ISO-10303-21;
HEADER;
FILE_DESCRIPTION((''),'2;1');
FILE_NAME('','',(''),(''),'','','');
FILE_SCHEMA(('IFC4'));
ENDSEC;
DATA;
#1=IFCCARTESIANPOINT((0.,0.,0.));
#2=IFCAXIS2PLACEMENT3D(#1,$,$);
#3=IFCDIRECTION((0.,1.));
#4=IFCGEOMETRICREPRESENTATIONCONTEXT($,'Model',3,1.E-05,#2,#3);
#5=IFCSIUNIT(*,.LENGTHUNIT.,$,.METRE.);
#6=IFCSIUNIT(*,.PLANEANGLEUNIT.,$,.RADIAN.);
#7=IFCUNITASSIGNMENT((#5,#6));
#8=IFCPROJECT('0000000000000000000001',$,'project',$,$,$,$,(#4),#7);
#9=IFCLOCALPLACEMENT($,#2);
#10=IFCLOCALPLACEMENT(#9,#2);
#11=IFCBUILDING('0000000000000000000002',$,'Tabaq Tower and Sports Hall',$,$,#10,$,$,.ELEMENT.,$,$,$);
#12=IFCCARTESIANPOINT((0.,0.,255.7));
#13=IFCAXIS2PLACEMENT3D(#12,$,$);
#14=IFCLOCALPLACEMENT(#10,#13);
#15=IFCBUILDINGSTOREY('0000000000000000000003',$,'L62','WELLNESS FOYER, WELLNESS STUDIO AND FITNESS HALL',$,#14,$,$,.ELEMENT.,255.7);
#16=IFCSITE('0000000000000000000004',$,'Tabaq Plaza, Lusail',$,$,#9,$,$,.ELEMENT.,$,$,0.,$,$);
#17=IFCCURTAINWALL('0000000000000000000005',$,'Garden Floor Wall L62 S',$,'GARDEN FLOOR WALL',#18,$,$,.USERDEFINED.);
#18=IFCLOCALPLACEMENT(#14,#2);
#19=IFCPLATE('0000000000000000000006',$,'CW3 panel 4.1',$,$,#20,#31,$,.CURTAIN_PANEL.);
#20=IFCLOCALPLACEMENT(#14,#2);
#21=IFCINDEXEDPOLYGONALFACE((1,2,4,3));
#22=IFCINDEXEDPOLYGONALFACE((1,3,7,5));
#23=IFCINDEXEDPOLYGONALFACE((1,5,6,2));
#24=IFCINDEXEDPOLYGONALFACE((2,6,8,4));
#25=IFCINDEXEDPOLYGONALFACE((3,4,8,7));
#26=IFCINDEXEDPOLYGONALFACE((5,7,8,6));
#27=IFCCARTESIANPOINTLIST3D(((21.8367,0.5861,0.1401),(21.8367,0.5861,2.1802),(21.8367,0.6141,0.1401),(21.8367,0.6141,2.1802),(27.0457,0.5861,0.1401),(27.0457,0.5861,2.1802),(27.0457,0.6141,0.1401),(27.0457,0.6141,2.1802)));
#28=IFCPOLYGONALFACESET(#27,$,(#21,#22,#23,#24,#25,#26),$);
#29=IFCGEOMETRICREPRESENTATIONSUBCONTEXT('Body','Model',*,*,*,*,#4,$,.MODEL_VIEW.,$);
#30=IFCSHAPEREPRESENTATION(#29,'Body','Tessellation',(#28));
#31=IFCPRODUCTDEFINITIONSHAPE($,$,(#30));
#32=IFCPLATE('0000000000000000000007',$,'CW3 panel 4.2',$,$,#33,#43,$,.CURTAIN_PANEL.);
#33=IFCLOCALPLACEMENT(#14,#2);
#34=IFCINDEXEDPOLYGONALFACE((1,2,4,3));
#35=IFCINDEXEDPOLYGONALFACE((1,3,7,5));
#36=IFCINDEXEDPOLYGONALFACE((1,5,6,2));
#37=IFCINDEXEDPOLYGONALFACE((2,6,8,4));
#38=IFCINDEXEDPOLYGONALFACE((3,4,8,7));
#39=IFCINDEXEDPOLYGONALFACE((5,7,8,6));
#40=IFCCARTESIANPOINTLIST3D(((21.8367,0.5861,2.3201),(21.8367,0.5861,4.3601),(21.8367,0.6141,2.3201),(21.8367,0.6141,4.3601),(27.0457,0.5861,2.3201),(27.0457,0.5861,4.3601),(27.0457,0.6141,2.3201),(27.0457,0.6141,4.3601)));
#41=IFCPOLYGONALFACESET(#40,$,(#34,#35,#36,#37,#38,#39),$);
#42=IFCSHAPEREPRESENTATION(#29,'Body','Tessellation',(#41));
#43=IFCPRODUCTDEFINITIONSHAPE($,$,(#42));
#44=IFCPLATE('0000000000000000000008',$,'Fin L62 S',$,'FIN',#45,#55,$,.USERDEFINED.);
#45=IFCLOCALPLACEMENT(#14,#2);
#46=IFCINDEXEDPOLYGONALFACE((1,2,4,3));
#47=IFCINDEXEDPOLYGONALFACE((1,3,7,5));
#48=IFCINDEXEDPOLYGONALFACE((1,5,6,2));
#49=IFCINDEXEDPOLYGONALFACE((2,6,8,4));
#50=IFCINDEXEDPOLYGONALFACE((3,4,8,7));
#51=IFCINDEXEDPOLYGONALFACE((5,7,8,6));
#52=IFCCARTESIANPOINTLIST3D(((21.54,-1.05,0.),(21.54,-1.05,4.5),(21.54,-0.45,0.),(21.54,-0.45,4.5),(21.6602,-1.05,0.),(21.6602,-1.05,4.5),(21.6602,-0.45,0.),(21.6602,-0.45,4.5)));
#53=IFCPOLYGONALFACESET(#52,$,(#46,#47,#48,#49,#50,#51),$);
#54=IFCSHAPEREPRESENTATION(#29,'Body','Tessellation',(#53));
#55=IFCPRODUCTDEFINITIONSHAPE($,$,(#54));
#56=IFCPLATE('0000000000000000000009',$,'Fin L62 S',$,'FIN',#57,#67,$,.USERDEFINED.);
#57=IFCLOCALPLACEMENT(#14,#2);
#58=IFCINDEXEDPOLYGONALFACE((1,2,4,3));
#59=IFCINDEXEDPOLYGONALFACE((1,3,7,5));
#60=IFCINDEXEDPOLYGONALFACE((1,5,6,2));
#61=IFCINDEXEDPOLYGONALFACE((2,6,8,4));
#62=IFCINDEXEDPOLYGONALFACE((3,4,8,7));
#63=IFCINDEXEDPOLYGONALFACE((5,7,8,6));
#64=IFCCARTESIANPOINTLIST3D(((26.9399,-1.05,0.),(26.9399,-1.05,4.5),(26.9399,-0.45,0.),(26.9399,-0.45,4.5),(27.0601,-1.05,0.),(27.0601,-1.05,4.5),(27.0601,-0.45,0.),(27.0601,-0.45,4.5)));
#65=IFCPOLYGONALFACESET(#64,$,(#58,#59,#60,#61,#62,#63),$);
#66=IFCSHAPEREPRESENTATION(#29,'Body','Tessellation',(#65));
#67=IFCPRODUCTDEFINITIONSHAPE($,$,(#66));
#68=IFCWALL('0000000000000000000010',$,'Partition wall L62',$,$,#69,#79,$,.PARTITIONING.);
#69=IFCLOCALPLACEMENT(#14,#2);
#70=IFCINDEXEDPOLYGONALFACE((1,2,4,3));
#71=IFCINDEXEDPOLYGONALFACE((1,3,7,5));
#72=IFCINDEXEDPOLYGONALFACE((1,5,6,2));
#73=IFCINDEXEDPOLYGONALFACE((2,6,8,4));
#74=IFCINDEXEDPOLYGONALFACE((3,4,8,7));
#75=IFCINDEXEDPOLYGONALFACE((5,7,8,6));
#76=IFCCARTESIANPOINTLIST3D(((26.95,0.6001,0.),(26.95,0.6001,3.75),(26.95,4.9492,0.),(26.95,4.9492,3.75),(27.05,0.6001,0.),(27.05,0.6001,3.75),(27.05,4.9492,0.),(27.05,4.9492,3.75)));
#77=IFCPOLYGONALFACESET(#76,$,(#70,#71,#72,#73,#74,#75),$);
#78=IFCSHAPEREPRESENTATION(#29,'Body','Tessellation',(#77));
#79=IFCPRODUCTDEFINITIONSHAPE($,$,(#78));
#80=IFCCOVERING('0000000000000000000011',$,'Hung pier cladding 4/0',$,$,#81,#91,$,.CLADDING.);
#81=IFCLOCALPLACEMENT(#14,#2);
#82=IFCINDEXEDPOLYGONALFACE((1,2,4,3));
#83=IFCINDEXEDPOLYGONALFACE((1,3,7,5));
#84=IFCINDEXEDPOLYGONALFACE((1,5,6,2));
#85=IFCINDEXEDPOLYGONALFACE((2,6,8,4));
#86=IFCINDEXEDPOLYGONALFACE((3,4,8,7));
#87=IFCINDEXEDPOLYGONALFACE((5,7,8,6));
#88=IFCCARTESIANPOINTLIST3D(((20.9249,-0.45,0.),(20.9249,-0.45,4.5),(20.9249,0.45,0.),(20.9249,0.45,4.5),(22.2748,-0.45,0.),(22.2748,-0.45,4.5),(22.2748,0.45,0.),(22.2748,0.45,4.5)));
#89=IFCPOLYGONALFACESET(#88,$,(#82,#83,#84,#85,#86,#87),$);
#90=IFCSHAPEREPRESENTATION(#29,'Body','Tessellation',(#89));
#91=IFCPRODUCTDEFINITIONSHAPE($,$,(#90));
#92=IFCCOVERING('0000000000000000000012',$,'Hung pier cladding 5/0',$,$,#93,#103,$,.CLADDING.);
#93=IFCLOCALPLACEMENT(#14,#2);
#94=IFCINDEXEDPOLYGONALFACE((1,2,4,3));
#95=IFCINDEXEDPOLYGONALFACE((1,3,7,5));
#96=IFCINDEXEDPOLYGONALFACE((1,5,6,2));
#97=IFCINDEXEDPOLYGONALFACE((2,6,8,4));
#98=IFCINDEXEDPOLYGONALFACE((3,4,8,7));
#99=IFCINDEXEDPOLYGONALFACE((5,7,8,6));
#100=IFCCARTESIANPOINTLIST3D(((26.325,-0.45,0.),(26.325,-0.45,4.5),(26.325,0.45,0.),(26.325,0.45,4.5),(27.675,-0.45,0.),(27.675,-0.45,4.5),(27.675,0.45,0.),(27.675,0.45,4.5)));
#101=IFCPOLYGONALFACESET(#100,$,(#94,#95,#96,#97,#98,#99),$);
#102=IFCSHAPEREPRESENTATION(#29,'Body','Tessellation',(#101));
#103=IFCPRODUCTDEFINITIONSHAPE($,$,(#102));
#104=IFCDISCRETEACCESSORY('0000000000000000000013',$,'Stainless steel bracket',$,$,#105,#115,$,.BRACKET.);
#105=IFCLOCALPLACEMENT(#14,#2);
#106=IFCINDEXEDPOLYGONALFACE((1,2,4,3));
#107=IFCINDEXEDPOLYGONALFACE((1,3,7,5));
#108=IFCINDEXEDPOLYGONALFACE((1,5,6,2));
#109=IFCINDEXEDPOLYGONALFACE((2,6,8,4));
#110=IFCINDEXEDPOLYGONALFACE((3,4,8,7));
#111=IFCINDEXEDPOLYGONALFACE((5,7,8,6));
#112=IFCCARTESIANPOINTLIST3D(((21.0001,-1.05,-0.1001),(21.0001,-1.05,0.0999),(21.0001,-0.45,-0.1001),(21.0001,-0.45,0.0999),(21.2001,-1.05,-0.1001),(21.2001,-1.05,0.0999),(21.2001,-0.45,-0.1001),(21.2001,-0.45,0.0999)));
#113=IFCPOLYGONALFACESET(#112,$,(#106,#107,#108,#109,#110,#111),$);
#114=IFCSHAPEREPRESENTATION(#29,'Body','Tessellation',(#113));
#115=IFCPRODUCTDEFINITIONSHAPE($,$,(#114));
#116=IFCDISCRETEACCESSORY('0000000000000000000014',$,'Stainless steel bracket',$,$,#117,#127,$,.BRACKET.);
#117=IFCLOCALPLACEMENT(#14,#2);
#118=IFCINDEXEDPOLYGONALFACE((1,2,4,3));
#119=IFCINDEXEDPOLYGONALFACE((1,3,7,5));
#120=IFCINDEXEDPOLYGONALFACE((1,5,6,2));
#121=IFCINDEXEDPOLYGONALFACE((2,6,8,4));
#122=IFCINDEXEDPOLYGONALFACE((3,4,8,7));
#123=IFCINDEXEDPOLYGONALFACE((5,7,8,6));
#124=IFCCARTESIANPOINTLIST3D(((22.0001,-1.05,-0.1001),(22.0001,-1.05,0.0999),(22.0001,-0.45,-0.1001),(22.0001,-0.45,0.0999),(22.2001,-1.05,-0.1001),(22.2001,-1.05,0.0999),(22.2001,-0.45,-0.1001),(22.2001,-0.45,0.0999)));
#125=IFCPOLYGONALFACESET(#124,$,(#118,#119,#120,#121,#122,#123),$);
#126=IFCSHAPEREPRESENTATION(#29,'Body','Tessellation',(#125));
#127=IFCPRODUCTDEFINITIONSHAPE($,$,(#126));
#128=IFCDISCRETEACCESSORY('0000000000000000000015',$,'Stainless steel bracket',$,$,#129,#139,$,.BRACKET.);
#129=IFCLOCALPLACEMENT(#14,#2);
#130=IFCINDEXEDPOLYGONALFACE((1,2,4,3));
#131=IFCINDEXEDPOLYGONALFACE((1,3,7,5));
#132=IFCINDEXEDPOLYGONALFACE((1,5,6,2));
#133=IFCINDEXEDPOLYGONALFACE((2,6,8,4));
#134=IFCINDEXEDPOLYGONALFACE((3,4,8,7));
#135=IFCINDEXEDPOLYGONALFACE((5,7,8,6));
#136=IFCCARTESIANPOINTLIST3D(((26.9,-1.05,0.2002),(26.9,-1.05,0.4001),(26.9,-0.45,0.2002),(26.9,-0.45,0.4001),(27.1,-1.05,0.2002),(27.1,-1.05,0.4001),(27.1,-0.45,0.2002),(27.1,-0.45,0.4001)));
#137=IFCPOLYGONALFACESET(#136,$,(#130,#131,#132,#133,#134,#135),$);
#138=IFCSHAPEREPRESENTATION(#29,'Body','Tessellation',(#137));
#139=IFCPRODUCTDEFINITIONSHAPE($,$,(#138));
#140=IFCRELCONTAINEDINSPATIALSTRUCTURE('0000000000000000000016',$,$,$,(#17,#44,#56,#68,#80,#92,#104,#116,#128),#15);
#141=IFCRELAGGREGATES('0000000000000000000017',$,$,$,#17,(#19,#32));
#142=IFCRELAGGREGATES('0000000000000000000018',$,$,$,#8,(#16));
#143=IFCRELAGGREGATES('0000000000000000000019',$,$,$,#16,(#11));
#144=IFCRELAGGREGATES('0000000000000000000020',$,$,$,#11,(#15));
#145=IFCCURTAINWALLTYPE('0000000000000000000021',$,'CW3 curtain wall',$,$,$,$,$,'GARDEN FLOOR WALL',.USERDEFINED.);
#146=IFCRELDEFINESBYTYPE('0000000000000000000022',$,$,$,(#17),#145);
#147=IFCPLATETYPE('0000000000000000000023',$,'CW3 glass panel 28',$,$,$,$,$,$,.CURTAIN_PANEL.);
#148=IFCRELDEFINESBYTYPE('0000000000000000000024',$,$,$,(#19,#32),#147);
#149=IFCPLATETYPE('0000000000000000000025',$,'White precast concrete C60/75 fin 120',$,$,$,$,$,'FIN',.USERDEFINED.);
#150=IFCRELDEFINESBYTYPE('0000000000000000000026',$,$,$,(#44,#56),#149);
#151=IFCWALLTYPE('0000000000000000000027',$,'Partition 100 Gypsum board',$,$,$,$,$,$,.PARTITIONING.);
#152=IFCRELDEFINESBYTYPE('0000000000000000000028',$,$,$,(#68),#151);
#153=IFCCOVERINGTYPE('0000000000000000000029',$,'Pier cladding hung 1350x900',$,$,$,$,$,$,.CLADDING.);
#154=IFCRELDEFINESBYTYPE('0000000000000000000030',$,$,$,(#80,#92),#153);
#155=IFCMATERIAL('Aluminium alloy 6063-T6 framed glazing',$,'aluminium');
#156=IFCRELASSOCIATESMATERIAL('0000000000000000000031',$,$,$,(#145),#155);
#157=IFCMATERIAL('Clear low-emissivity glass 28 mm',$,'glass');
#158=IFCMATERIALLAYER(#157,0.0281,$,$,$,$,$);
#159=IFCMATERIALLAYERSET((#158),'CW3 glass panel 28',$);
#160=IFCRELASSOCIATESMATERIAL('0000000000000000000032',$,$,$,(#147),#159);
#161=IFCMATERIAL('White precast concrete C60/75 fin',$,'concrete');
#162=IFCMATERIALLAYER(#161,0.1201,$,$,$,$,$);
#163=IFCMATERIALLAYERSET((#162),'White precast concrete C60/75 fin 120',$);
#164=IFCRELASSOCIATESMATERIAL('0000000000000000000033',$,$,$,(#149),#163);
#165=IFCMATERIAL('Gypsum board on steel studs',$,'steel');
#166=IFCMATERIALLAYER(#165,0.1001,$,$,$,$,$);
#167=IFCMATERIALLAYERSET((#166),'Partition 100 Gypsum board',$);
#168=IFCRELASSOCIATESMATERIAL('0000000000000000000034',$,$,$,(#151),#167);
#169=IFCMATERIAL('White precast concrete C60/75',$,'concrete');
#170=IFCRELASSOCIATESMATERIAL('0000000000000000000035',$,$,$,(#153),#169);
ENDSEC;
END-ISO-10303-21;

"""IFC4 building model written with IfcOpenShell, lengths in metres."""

from ifc_helpers import new_model, si_unit, direction, frame, frame_2d, origin, origin_2d, place, context, subcontext, project, spatial, rectangle, extrude, material, layer, layer_set, type_object, element, aggregate, save


model = new_model("IFC4")

# Units and contexts
model_context = context("Model", 3, precision=1e-05, world=origin(), true_north=direction((0.0, 1.0)))
body_context = subcontext(model_context, "Body", "Model", "MODEL_VIEW")
ifc_project = project(units=[si_unit("LENGTHUNIT", "METRE"), si_unit("PLANEANGLEUNIT", "RADIAN")], contexts=[model_context])

# Site, building, storey
site_placement = place(None, origin())
site = spatial("IfcSite", under=ifc_project, at=site_placement, Name="Tabaq Plaza, Lusail", CompositionType="ELEMENT", RefElevation=0.0)
building_placement = place(site_placement, origin())
building = spatial("IfcBuilding", under=site, at=building_placement, Name="Tabaq Tower and Sports Hall", CompositionType="ELEMENT")
storey_placement = place(building_placement, frame((0.0, 0.0, 255.7)))
storey = spatial("IfcBuildingStorey", under=building, at=storey_placement, Name="L62", Description="WELLNESS FOYER, WELLNESS STUDIO AND FITNESS HALL", CompositionType="ELEMENT", Elevation=255.7)

# Curtain wall
ifc_material_1 = material(Name="Aluminium alloy 6063-T6 framed glazing", Category="aluminium")
curtain_wall_type = type_object("IfcCurtainWallType", Name="CW3 curtain wall", ElementType="GARDEN FLOOR WALL", PredefinedType="USERDEFINED", material=ifc_material_1)
curtain_wall_placement = place(storey_placement, origin())
curtain_wall = element("IfcCurtainWall", 1, at=curtain_wall_placement, inside=storey, type_object=curtain_wall_type, Name="Garden Floor Wall L62 S", ObjectType="GARDEN FLOOR WALL", PredefinedType="USERDEFINED")

# Plates
ifc_material_2 = material(Name="Clear low-emissivity glass 28 mm", Category="glass")
ifc_layer_1 = layer(ifc_material_2, 0.0281)
ifc_layer_set_1 = layer_set([ifc_layer_1], Name="CW3 glass panel 28")
plate_type_1 = type_object("IfcPlateType", Name="CW3 glass panel 28", PredefinedType="CURTAIN_PANEL", material=ifc_layer_set_1)
plate_1_placement = place(storey_placement, frame((24.4412, 0.6001, 0.1401), z_axis=(0.0, 0.0, 1.0), x_axis=(1.0, 0.0, 0.0)))
plate_1 = element("IfcPlate", 2, at=plate_1_placement, type_object=plate_type_1, Name="CW3 panel 4.1", PredefinedType="CURTAIN_PANEL", context=body_context, shape_type="SweptSolid", body=[
    extrude(rectangle(XDim=5.209, YDim=0.0281, at=origin_2d()), origin(), (0.0, 0.0, 1.0), 2.04),
])
plate_2_placement = place(storey_placement, frame((24.4412, 0.6001, 2.3201), z_axis=(0.0, 0.0, 1.0), x_axis=(1.0, 0.0, 0.0)))
plate_2 = element("IfcPlate", 3, at=plate_2_placement, type_object=plate_type_1, Name="CW3 panel 4.2", PredefinedType="CURTAIN_PANEL", context=body_context, shape_type="SweptSolid", body=[
    extrude(rectangle(XDim=5.209, YDim=0.0281, at=origin_2d()), origin(), (0.0, 0.0, 1.0), 2.04),
])
aggregate(curtain_wall, [plate_1, plate_2])

# Plates
ifc_material_3 = material(Name="White precast concrete C60/75 fin", Category="concrete")
ifc_layer_2 = layer(ifc_material_3, 0.1201)
ifc_layer_set_2 = layer_set([ifc_layer_2], Name="White precast concrete C60/75 fin 120")
plate_type_2 = type_object("IfcPlateType", Name="White precast concrete C60/75 fin 120", ElementType="FIN", PredefinedType="USERDEFINED", material=ifc_layer_set_2)
for number, where, z_axis, x_axis, name in (
    (4, (21.6001, -0.75, 0.0), (0.0, 0.0, 1.0), (1.0, 0.0, 0.0), "Fin L62 S"),
    (5, (27.0, -0.75, 0.0), (0.0, 0.0, 1.0), (1.0, 0.0, 0.0), "Fin L62 S"),
):
    element("IfcPlate", number, at=place(storey_placement, frame(where, z_axis=z_axis, x_axis=x_axis)), inside=storey, type_object=plate_type_2, Name=name, ObjectType="FIN", PredefinedType="USERDEFINED", context=body_context, shape_type="SweptSolid", body=[
        extrude(rectangle(XDim=0.1201, YDim=0.6001, at=origin_2d()), origin(), (0.0, 0.0, 1.0), 4.5),
    ])

# Wall
ifc_material_4 = material(Name="Gypsum board on steel studs", Category="steel")
ifc_layer_3 = layer(ifc_material_4, 0.1001)
ifc_layer_set_3 = layer_set([ifc_layer_3], Name="Partition 100 Gypsum board")
wall_type = type_object("IfcWallType", Name="Partition 100 Gypsum board", PredefinedType="PARTITIONING", material=ifc_layer_set_3)
wall_placement = place(storey_placement, frame((27.0, 4.9492, 0.0), z_axis=(0.0, 0.0, 1.0), x_axis=(0.0, -1.0, 0.0)))
element("IfcWall", 6, at=wall_placement, inside=storey, type_object=wall_type, Name="Partition wall L62", PredefinedType="PARTITIONING", context=body_context, shape_type="SweptSolid", body=[
    extrude(rectangle(XDim=4.3491, YDim=0.1001, at=frame_2d((2.1746, 0.0))), origin(), (0.0, 0.0, 1.0), 3.75),
])

# Coverings
ifc_material_5 = material(Name="White precast concrete C60/75", Category="concrete")
covering_type = type_object("IfcCoveringType", Name="Pier cladding hung 1350x900", PredefinedType="CLADDING", material=ifc_material_5)
covering_1_placement = place(storey_placement, frame((20.925, 0.0, 0.0), z_axis=(0.0, 0.0, 1.0), x_axis=(1.0, 0.0, 0.0)))
element("IfcCovering", 7, at=covering_1_placement, inside=storey, type_object=covering_type, Name="Hung pier cladding 4/0", PredefinedType="CLADDING", context=body_context, shape_type="SweptSolid", body=[
    extrude(rectangle(XDim=1.3499, YDim=0.8999, at=frame_2d((0.6748, 0.0))), origin(), (0.0, 0.0, 1.0), 4.5),
])
covering_2_placement = place(storey_placement, frame((26.325, 0.0, 0.0), z_axis=(0.0, 0.0, 1.0), x_axis=(1.0, 0.0, 0.0)))
element("IfcCovering", 8, at=covering_2_placement, inside=storey, type_object=covering_type, Name="Hung pier cladding 5/0", PredefinedType="CLADDING", context=body_context, shape_type="SweptSolid", body=[
    extrude(rectangle(XDim=1.3501, YDim=0.8999, at=frame_2d((0.675, 0.0))), origin(), (0.0, 0.0, 1.0), 4.5),
])

# Discrete accessories
for number, where, z_axis, x_axis, name in (
    (9, (21.1001, -0.75, -0.1001), (0.0, 0.0, 1.0), (0.0, -1.0, 0.0), "Stainless steel bracket"),
    (10, (22.1001, -0.75, -0.1001), (0.0, 0.0, 1.0), (0.0, -1.0, 0.0), "Stainless steel bracket"),
    (11, (27.0, -0.75, 0.2002), (0.0, 0.0, 1.0), (0.0, -1.0, 0.0), "Stainless steel bracket"),
):
    element("IfcDiscreteAccessory", number, at=place(storey_placement, frame(where, z_axis=z_axis, x_axis=x_axis)), inside=storey, Name=name, PredefinedType="BRACKET", context=body_context, shape_type="SweptSolid", body=[
        extrude(rectangle(XDim=0.6001, YDim=0.2, at=origin_2d()), origin(), (0.0, 0.0, 1.0), 0.2),
    ])

save(model, "model.ifc")
